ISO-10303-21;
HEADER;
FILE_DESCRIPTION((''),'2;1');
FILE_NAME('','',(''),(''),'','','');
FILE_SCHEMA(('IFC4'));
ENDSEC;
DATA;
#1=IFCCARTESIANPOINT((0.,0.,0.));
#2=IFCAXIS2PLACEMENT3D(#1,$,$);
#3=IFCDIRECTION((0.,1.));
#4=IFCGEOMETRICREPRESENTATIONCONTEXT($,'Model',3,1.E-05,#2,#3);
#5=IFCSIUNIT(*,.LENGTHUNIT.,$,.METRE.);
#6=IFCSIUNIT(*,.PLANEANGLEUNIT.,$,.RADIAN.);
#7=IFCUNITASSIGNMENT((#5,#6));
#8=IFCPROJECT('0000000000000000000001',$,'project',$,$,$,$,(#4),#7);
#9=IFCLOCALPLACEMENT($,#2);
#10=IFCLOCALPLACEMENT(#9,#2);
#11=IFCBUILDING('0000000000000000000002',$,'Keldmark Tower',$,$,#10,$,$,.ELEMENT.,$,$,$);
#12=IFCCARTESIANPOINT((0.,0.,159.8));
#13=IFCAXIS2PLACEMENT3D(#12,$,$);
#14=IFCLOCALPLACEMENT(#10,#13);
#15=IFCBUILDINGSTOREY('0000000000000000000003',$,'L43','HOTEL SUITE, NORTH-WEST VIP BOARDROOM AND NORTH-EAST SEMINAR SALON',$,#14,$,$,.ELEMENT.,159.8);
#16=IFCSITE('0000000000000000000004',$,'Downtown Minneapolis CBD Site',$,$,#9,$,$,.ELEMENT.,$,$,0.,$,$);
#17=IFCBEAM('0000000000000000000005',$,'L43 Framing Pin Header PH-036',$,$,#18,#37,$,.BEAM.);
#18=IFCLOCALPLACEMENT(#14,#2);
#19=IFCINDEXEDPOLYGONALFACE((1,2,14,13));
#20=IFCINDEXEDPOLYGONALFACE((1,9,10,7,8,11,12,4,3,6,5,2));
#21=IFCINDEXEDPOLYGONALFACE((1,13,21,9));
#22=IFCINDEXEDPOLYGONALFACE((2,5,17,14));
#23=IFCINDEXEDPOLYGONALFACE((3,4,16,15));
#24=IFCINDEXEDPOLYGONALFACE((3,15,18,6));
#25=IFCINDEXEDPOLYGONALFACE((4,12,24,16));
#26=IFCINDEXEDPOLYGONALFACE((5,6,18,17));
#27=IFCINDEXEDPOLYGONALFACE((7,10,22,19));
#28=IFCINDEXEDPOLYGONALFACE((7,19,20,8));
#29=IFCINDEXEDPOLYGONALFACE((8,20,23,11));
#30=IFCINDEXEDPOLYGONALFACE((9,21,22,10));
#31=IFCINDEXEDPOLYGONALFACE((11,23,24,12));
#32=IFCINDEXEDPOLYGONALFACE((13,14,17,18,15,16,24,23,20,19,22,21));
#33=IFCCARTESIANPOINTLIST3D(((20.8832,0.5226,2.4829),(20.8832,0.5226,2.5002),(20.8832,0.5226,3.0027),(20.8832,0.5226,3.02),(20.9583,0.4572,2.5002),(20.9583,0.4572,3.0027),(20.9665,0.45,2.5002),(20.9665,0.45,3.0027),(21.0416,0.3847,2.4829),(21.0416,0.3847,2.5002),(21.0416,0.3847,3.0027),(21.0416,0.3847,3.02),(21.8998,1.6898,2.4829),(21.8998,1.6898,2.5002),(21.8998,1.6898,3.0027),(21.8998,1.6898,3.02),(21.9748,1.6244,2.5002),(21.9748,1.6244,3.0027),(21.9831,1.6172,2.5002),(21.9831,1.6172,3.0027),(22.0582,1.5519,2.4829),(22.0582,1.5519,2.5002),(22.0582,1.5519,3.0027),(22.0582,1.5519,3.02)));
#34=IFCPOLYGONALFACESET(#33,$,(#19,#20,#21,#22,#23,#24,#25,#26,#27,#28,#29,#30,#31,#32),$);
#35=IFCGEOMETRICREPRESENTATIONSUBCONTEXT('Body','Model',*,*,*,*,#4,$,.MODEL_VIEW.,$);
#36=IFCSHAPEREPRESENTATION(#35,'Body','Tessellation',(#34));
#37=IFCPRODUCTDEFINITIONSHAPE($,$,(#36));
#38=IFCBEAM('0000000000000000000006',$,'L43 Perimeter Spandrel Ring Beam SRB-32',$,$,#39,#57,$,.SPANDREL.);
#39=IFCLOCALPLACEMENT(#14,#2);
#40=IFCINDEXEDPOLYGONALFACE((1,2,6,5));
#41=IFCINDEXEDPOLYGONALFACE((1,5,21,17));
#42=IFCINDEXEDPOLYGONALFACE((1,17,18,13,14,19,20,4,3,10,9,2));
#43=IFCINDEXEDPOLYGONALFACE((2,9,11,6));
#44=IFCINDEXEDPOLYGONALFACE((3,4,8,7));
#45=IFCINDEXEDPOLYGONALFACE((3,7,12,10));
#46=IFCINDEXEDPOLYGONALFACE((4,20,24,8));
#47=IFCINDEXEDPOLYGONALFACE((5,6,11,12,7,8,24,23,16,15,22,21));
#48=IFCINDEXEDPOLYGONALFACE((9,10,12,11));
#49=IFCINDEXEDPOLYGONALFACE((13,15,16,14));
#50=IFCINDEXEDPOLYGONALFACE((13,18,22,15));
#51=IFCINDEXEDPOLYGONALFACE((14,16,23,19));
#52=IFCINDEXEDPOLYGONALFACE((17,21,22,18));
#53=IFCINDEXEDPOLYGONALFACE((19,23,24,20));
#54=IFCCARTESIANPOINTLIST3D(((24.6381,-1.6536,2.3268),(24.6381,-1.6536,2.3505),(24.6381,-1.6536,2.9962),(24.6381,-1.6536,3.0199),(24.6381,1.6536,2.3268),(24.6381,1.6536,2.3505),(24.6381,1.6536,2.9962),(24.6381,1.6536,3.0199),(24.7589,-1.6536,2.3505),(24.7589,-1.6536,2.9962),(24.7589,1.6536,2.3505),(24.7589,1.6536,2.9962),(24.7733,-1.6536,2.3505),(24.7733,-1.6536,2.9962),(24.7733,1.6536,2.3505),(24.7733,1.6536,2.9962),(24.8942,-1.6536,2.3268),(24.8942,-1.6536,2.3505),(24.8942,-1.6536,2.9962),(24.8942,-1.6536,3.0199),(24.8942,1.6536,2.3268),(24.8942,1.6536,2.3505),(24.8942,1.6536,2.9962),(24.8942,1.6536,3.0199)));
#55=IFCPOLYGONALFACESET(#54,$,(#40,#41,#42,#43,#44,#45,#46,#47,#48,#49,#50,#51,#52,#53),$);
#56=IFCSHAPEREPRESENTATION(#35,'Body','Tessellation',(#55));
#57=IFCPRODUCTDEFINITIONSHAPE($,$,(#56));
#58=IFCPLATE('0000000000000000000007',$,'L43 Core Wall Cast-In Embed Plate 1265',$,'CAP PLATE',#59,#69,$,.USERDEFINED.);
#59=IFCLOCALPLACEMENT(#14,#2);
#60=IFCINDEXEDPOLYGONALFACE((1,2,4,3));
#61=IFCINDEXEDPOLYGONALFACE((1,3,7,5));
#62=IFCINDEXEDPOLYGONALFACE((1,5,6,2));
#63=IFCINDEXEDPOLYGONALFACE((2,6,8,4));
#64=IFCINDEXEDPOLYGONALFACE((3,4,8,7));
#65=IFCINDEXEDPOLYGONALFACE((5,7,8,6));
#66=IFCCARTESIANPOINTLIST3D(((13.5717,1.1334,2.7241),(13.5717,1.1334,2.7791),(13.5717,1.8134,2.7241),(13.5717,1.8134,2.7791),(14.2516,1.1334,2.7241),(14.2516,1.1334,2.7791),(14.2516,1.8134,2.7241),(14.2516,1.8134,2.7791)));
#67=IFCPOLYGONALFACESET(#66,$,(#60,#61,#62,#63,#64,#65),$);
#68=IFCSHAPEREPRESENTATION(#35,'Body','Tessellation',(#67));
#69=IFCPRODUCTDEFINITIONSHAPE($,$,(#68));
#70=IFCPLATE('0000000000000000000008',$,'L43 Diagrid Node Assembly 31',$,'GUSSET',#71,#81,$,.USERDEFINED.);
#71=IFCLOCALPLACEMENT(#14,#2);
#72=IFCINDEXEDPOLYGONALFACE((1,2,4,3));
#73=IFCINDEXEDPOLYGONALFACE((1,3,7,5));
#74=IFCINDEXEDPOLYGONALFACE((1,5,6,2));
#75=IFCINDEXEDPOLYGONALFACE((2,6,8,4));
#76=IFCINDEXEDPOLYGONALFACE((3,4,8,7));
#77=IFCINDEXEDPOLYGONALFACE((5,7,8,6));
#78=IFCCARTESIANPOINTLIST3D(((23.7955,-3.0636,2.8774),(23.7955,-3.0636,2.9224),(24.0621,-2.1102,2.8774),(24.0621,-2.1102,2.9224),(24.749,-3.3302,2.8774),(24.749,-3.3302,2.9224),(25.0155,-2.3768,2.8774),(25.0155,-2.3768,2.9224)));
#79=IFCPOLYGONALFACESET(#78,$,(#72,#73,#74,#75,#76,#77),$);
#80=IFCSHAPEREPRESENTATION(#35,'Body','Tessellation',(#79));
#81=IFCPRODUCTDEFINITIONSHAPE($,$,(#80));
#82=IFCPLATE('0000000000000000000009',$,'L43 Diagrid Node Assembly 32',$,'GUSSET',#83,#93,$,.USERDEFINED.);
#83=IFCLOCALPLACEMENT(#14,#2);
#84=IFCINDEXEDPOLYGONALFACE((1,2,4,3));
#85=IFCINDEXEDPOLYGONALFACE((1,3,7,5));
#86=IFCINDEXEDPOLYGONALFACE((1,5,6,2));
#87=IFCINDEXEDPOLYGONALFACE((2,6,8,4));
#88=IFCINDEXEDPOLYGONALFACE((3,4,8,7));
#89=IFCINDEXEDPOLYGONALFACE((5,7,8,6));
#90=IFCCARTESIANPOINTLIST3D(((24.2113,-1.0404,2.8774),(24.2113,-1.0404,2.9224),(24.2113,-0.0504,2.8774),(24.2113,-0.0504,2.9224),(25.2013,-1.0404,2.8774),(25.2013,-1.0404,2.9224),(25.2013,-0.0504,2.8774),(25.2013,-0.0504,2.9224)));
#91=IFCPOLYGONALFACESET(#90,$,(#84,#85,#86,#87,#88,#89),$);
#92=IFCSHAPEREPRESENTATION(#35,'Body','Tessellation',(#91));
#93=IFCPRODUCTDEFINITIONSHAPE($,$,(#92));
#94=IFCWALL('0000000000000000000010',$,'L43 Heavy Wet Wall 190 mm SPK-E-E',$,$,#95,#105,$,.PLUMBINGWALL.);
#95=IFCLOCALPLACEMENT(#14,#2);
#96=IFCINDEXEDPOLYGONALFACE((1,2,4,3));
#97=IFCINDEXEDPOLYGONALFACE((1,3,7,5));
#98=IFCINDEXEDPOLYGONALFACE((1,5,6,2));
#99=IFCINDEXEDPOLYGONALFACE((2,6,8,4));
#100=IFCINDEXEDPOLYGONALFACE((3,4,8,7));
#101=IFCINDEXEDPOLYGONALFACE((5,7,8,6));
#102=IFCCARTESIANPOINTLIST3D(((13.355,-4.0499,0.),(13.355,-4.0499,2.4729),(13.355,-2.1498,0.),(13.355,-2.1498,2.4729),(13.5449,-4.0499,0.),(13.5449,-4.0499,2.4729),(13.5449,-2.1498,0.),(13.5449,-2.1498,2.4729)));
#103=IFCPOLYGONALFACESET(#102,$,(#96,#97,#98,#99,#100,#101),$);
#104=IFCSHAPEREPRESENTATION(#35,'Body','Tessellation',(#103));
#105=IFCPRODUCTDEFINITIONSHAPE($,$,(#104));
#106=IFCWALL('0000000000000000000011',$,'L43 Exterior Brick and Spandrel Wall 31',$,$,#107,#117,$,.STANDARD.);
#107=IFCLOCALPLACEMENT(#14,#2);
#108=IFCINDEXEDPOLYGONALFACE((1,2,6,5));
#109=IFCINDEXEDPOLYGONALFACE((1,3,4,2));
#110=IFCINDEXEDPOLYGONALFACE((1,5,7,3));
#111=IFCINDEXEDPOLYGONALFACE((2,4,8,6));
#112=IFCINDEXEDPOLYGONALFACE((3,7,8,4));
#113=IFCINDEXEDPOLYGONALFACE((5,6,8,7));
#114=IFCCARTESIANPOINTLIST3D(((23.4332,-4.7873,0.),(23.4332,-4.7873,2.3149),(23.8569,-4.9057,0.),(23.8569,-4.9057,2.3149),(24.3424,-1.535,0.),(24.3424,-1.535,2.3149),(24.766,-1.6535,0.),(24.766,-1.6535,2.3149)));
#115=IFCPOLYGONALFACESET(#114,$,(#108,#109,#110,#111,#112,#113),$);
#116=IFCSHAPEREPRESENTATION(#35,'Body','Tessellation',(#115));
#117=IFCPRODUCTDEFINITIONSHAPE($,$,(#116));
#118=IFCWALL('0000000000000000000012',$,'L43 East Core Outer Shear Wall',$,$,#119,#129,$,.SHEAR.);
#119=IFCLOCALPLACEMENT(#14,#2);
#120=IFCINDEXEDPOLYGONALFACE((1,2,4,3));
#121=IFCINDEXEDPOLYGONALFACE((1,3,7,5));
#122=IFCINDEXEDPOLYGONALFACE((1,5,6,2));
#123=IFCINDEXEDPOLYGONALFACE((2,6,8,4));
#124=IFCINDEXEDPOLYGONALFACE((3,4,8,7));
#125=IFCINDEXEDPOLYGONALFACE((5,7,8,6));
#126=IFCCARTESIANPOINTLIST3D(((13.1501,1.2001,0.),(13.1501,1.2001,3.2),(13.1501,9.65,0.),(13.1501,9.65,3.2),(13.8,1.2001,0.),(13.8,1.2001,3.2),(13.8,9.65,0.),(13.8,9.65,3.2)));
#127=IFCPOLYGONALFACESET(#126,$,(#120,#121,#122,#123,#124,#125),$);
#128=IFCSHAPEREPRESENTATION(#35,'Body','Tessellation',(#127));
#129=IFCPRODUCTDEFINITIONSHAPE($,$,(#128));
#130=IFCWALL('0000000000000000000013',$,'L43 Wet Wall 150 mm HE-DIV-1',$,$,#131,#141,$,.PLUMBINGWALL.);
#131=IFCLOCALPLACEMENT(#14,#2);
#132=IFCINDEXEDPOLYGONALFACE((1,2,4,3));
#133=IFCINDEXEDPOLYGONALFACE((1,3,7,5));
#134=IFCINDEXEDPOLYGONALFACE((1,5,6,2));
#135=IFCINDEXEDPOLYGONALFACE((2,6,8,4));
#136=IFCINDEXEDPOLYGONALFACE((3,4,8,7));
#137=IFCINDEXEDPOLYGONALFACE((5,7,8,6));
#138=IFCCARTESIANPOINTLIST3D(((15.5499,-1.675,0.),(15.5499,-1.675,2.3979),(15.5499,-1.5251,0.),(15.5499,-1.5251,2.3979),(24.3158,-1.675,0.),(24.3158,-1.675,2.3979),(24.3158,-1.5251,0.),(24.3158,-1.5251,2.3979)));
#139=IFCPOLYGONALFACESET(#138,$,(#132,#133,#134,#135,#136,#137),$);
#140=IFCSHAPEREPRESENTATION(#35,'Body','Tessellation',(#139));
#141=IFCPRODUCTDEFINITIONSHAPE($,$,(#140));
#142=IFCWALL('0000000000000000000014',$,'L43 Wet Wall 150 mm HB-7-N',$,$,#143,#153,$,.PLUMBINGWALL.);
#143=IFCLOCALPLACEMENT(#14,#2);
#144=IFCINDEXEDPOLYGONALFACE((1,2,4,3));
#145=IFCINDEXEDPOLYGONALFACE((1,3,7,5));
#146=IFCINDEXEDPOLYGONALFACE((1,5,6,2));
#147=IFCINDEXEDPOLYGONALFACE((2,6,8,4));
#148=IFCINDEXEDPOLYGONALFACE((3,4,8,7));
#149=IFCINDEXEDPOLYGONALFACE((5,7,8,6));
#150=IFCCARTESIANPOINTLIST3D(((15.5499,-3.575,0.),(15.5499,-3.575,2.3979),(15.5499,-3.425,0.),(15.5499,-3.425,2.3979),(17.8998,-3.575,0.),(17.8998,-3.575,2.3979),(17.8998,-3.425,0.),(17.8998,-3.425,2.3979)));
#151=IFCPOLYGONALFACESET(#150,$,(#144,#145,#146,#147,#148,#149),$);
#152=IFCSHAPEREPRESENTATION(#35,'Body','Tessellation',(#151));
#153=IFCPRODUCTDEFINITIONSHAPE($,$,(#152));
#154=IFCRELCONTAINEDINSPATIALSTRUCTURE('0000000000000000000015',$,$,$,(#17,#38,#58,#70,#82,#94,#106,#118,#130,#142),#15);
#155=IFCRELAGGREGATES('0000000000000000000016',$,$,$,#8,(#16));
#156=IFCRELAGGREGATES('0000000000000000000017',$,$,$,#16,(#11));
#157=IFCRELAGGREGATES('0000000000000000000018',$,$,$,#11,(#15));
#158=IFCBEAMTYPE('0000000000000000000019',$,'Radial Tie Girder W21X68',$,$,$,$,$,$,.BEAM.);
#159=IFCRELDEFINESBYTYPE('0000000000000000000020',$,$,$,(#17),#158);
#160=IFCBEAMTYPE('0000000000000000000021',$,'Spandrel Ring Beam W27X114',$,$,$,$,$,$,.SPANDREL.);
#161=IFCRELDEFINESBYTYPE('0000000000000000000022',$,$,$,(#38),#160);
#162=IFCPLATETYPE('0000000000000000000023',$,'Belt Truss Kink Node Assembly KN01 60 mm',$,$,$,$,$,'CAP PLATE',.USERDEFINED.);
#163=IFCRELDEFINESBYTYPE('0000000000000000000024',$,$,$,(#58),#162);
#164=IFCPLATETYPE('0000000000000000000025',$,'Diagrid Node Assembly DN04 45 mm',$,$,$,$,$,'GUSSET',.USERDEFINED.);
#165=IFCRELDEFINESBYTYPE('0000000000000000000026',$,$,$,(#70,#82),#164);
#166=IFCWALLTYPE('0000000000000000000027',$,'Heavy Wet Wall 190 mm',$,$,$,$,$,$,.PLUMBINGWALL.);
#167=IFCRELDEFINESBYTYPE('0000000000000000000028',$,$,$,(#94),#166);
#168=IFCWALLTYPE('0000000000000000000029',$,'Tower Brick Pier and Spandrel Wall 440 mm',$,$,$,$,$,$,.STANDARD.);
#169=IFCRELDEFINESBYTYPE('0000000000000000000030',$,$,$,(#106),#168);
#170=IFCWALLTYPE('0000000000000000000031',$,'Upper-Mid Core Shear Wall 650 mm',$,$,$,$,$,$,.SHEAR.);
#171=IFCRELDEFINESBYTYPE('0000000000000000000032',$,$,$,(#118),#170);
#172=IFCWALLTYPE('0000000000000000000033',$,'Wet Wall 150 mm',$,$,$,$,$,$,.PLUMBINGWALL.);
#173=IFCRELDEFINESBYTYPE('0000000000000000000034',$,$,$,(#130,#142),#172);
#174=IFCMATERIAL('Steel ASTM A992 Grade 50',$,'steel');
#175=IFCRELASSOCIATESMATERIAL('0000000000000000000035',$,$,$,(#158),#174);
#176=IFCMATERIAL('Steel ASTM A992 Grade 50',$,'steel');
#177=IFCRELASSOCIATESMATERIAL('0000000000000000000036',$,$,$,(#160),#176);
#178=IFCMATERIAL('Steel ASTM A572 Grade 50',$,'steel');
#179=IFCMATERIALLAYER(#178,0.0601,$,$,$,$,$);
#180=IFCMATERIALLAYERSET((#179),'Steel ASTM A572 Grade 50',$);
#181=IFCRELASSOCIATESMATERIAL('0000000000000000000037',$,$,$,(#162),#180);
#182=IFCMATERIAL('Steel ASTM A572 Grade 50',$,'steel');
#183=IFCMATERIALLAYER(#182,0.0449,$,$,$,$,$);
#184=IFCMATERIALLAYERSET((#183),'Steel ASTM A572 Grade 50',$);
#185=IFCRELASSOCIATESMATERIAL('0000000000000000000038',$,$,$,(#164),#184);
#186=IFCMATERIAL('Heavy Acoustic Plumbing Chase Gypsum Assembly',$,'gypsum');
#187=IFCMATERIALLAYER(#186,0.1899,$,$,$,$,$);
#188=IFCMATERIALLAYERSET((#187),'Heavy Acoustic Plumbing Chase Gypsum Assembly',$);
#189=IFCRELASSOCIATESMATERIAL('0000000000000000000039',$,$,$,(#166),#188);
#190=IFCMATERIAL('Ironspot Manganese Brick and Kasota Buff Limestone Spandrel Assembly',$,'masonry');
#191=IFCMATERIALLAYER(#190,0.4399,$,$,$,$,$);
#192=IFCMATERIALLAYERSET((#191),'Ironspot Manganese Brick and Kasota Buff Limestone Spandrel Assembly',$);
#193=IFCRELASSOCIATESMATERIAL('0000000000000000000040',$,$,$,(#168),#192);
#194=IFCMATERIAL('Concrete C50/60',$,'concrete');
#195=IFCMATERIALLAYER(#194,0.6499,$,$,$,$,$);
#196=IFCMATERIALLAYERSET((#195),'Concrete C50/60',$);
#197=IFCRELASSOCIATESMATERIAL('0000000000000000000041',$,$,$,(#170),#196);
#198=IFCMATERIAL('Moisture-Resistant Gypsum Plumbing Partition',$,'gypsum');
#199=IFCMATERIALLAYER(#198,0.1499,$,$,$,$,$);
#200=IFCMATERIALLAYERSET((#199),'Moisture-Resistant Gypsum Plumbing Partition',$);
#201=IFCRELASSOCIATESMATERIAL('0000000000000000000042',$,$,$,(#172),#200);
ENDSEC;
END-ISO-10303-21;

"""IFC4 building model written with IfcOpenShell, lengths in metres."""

from ifc_helpers import new_model, si_unit, direction, frame, frame_2d, origin, origin_2d, place, context, subcontext, project, spatial, rectangle, i_section, extrude, material, layer, layer_set, material_profile, profile_set, type_object, element, save


model = new_model("IFC4")

# Units and contexts
model_context = context("Model", 3, precision=1e-05, world=origin(), true_north=direction((0.0, 1.0)))
body_context = subcontext(model_context, "Body", "Model", "MODEL_VIEW")
ifc_project = project(units=[si_unit("LENGTHUNIT", "METRE"), si_unit("PLANEANGLEUNIT", "RADIAN")], contexts=[model_context])

# Site, building, storey
site_placement = place(None, origin())
site = spatial("IfcSite", under=ifc_project, at=site_placement, Name="Downtown Minneapolis CBD Site", CompositionType="ELEMENT", RefElevation=0.0)
building_placement = place(site_placement, origin())
building = spatial("IfcBuilding", under=site, at=building_placement, Name="Keldmark Tower", CompositionType="ELEMENT")
storey_placement = place(building_placement, frame((0.0, 0.0, 159.8)))
storey = spatial("IfcBuildingStorey", under=building, at=storey_placement, Name="L43", Description="HOTEL SUITE, NORTH-WEST VIP BOARDROOM AND NORTH-EAST SEMINAR SALON", CompositionType="ELEMENT", Elevation=159.8)

# Beams
ifc_material_1 = material(Name="Steel ASTM A992 Grade 50", Category="steel")
ifc_material_profile_1 = material_profile(ifc_material_1, i_section(OverallWidth=0.21, OverallDepth=0.5371, WebThickness=0.011, FlangeThickness=0.0173, at=origin_2d()), Name="W21X68")
ifc_profile_set_1 = profile_set([ifc_material_profile_1], Name="Steel ASTM A992 Grade 50")
beam_type_1 = type_object("IfcBeamType", Name="Radial Tie Girder W21X68", PredefinedType="BEAM", material=ifc_profile_set_1)
beam_1_placement = place(storey_placement, frame((20.9624, 0.4536, 2.7515), z_axis=(0.656772, 0.754089, 0.0), x_axis=(-0.754089, 0.656772, 0.0)))
element("IfcBeam", 1, at=beam_1_placement, inside=storey, type_object=beam_type_1, Name="L43 Framing Pin Header PH-036", PredefinedType="BEAM", context=body_context, shape_type="SweptSolid", body=[
    extrude(i_section(OverallWidth=0.21, OverallDepth=0.5371, WebThickness=0.011, FlangeThickness=0.0173, at=origin_2d()), origin(), (0.0, 0.0, 1.0), 1.5479),
])
ifc_material_2 = material(Name="Steel ASTM A992 Grade 50", Category="steel")
ifc_material_profile_2 = material_profile(ifc_material_2, i_section(OverallWidth=0.2561, OverallDepth=0.6931, WebThickness=0.0144, FlangeThickness=0.0237, at=origin_2d()), Name="W27X114")
ifc_profile_set_2 = profile_set([ifc_material_profile_2], Name="Steel ASTM A992 Grade 50")
beam_type_2 = type_object("IfcBeamType", Name="Spandrel Ring Beam W27X114", PredefinedType="SPANDREL", material=ifc_profile_set_2)
beam_2_placement = place(storey_placement, frame((24.7661, -1.6536, 2.6733), z_axis=(0.0, 1.0, 0.0), x_axis=(-1.0, 0.0, 0.0)))
element("IfcBeam", 2, at=beam_2_placement, inside=storey, type_object=beam_type_2, Name="L43 Perimeter Spandrel Ring Beam SRB-32", PredefinedType="SPANDREL", context=body_context, shape_type="SweptSolid", body=[
    extrude(i_section(OverallWidth=0.2561, OverallDepth=0.6931, WebThickness=0.0144, FlangeThickness=0.0237, at=origin_2d()), origin(), (0.0, 0.0, 1.0), 3.3071),
])

# Plates
ifc_material_3 = material(Name="Steel ASTM A572 Grade 50", Category="steel")
ifc_layer_1 = layer(ifc_material_3, 0.0601)
ifc_layer_set_1 = layer_set([ifc_layer_1], Name="Steel ASTM A572 Grade 50")
plate_type_1 = type_object("IfcPlateType", Name="Belt Truss Kink Node Assembly KN01 60 mm", ElementType="CAP PLATE", PredefinedType="USERDEFINED", material=ifc_layer_set_1)
plate_placement = place(storey_placement, frame((13.9116, 1.4734, 2.7241), z_axis=(0.0, 0.0, 1.0), x_axis=(1.0, 0.0, 0.0)))
element("IfcPlate", 3, at=plate_placement, inside=storey, type_object=plate_type_1, Name="L43 Core Wall Cast-In Embed Plate 1265", ObjectType="CAP PLATE", PredefinedType="USERDEFINED", context=body_context, shape_type="SweptSolid", body=[
    extrude(rectangle(XDim=0.6799, YDim=0.6799, at=origin_2d()), origin(), (0.0, 0.0, 1.0), 0.0549),
])
ifc_material_4 = material(Name="Steel ASTM A572 Grade 50", Category="steel")
ifc_layer_2 = layer(ifc_material_4, 0.0449)
ifc_layer_set_2 = layer_set([ifc_layer_2], Name="Steel ASTM A572 Grade 50")
plate_type_2 = type_object("IfcPlateType", Name="Diagrid Node Assembly DN04 45 mm", ElementType="GUSSET", PredefinedType="USERDEFINED", material=ifc_layer_set_2)
for number, where, z_axis, x_axis, name in (
    (4, (24.4055, -2.7202, 2.8774), (0.0, 0.0, 1.0), (0.269256, 0.963069, 0.0), "L43 Diagrid Node Assembly 31"),
    (5, (24.7063, -0.5454, 2.8774), (0.0, 0.0, 1.0), (0.0, 1.0, 0.0), "L43 Diagrid Node Assembly 32"),
):
    element("IfcPlate", number, at=place(storey_placement, frame(where, z_axis=z_axis, x_axis=x_axis)), inside=storey, type_object=plate_type_2, Name=name, ObjectType="GUSSET", PredefinedType="USERDEFINED", context=body_context, shape_type="SweptSolid", body=[
        extrude(rectangle(XDim=0.99, YDim=0.99, at=origin_2d()), origin(), (0.0, 0.0, 1.0), 0.0449),
    ])

# Wall
ifc_material_5 = material(Name="Heavy Acoustic Plumbing Chase Gypsum Assembly", Category="gypsum")
ifc_layer_3 = layer(ifc_material_5, 0.1899)
ifc_layer_set_3 = layer_set([ifc_layer_3], Name="Heavy Acoustic Plumbing Chase Gypsum Assembly")
wall_type_1 = type_object("IfcWallType", Name="Heavy Wet Wall 190 mm", PredefinedType="PLUMBINGWALL", material=ifc_layer_set_3)
wall_1_placement = place(storey_placement, frame((13.45, -4.05, 0.0), z_axis=(0.0, 0.0, 1.0), x_axis=(0.0, 1.0, 0.0)))
element("IfcWall", 6, at=wall_1_placement, inside=storey, type_object=wall_type_1, Name="L43 Heavy Wet Wall 190 mm SPK-E-E", PredefinedType="PLUMBINGWALL", context=body_context, shape_type="SweptSolid", body=[
    extrude(rectangle(XDim=1.9001, YDim=0.1899, at=frame_2d((0.9502, 0.0))), origin(), (0.0, 0.0, 1.0), 2.4729),
])

# Walls
ifc_material_6 = material(Name="Ironspot Manganese Brick and Kasota Buff Limestone Spandrel Assembly", Category="masonry")
ifc_layer_4 = layer(ifc_material_6, 0.4399)
ifc_layer_set_4 = layer_set([ifc_layer_4], Name="Ironspot Manganese Brick and Kasota Buff Limestone Spandrel Assembly")
wall_type_2 = type_object("IfcWallType", Name="Tower Brick Pier and Spandrel Wall 440 mm", PredefinedType="STANDARD", material=ifc_layer_set_4)
wall_2_placement = place(storey_placement, frame((24.5542, -1.5942, 0.0), z_axis=(0.0, 0.0, 1.0), x_axis=(-0.269236, -0.963074, 0.0)))
element("IfcWall", 7, at=wall_2_placement, inside=storey, type_object=wall_type_2, Name="L43 Exterior Brick and Spandrel Wall 31", PredefinedType="STANDARD", context=body_context, shape_type="SweptSolid", body=[
    extrude(rectangle(XDim=3.377, YDim=0.4399, at=frame_2d((1.6885, 0.0))), origin(), (0.0, 0.0, 1.0), 2.3149),
])
ifc_material_7 = material(Name="Concrete C50/60", Category="concrete")
ifc_layer_5 = layer(ifc_material_7, 0.6499)
ifc_layer_set_5 = layer_set([ifc_layer_5], Name="Concrete C50/60")
wall_type_3 = type_object("IfcWallType", Name="Upper-Mid Core Shear Wall 650 mm", PredefinedType="SHEAR", material=ifc_layer_set_5)
wall_3_placement = place(storey_placement, frame((13.4751, 1.2, 0.0), z_axis=(0.0, 0.0, 1.0), x_axis=(0.0, 1.0, 0.0)))
element("IfcWall", 8, at=wall_3_placement, inside=storey, type_object=wall_type_3, Name="L43 East Core Outer Shear Wall", PredefinedType="SHEAR", context=body_context, shape_type="SweptSolid", body=[
    extrude(rectangle(XDim=8.45, YDim=0.6499, at=frame_2d((4.2251, 0.0))), origin(), (0.0, 0.0, 1.0), 3.2),
])
ifc_material_8 = material(Name="Moisture-Resistant Gypsum Plumbing Partition", Category="gypsum")
ifc_layer_6 = layer(ifc_material_8, 0.1499)
ifc_layer_set_6 = layer_set([ifc_layer_6], Name="Moisture-Resistant Gypsum Plumbing Partition")
wall_type_4 = type_object("IfcWallType", Name="Wet Wall 150 mm", PredefinedType="PLUMBINGWALL", material=ifc_layer_set_6)
wall_4_placement = place(storey_placement, frame((15.55, -1.6001, 0.0), z_axis=(0.0, 0.0, 1.0), x_axis=(1.0, 0.0, 0.0)))
element("IfcWall", 9, at=wall_4_placement, inside=storey, type_object=wall_type_4, Name="L43 Wet Wall 150 mm HE-DIV-1", PredefinedType="PLUMBINGWALL", context=body_context, shape_type="SweptSolid", body=[
    extrude(rectangle(XDim=8.7659, YDim=0.1499, at=frame_2d((4.3828, 0.0))), origin(), (0.0, 0.0, 1.0), 2.3979),
])
wall_5_placement = place(storey_placement, frame((15.55, -3.5, 0.0), z_axis=(0.0, 0.0, 1.0), x_axis=(1.0, 0.0, 0.0)))
element("IfcWall", 10, at=wall_5_placement, inside=storey, type_object=wall_type_4, Name="L43 Wet Wall 150 mm HB-7-N", PredefinedType="PLUMBINGWALL", context=body_context, shape_type="SweptSolid", body=[
    extrude(rectangle(XDim=2.3499, YDim=0.1499, at=frame_2d((1.1748, 0.0))), origin(), (0.0, 0.0, 1.0), 2.3979),
])

save(model, "model.ifc")
